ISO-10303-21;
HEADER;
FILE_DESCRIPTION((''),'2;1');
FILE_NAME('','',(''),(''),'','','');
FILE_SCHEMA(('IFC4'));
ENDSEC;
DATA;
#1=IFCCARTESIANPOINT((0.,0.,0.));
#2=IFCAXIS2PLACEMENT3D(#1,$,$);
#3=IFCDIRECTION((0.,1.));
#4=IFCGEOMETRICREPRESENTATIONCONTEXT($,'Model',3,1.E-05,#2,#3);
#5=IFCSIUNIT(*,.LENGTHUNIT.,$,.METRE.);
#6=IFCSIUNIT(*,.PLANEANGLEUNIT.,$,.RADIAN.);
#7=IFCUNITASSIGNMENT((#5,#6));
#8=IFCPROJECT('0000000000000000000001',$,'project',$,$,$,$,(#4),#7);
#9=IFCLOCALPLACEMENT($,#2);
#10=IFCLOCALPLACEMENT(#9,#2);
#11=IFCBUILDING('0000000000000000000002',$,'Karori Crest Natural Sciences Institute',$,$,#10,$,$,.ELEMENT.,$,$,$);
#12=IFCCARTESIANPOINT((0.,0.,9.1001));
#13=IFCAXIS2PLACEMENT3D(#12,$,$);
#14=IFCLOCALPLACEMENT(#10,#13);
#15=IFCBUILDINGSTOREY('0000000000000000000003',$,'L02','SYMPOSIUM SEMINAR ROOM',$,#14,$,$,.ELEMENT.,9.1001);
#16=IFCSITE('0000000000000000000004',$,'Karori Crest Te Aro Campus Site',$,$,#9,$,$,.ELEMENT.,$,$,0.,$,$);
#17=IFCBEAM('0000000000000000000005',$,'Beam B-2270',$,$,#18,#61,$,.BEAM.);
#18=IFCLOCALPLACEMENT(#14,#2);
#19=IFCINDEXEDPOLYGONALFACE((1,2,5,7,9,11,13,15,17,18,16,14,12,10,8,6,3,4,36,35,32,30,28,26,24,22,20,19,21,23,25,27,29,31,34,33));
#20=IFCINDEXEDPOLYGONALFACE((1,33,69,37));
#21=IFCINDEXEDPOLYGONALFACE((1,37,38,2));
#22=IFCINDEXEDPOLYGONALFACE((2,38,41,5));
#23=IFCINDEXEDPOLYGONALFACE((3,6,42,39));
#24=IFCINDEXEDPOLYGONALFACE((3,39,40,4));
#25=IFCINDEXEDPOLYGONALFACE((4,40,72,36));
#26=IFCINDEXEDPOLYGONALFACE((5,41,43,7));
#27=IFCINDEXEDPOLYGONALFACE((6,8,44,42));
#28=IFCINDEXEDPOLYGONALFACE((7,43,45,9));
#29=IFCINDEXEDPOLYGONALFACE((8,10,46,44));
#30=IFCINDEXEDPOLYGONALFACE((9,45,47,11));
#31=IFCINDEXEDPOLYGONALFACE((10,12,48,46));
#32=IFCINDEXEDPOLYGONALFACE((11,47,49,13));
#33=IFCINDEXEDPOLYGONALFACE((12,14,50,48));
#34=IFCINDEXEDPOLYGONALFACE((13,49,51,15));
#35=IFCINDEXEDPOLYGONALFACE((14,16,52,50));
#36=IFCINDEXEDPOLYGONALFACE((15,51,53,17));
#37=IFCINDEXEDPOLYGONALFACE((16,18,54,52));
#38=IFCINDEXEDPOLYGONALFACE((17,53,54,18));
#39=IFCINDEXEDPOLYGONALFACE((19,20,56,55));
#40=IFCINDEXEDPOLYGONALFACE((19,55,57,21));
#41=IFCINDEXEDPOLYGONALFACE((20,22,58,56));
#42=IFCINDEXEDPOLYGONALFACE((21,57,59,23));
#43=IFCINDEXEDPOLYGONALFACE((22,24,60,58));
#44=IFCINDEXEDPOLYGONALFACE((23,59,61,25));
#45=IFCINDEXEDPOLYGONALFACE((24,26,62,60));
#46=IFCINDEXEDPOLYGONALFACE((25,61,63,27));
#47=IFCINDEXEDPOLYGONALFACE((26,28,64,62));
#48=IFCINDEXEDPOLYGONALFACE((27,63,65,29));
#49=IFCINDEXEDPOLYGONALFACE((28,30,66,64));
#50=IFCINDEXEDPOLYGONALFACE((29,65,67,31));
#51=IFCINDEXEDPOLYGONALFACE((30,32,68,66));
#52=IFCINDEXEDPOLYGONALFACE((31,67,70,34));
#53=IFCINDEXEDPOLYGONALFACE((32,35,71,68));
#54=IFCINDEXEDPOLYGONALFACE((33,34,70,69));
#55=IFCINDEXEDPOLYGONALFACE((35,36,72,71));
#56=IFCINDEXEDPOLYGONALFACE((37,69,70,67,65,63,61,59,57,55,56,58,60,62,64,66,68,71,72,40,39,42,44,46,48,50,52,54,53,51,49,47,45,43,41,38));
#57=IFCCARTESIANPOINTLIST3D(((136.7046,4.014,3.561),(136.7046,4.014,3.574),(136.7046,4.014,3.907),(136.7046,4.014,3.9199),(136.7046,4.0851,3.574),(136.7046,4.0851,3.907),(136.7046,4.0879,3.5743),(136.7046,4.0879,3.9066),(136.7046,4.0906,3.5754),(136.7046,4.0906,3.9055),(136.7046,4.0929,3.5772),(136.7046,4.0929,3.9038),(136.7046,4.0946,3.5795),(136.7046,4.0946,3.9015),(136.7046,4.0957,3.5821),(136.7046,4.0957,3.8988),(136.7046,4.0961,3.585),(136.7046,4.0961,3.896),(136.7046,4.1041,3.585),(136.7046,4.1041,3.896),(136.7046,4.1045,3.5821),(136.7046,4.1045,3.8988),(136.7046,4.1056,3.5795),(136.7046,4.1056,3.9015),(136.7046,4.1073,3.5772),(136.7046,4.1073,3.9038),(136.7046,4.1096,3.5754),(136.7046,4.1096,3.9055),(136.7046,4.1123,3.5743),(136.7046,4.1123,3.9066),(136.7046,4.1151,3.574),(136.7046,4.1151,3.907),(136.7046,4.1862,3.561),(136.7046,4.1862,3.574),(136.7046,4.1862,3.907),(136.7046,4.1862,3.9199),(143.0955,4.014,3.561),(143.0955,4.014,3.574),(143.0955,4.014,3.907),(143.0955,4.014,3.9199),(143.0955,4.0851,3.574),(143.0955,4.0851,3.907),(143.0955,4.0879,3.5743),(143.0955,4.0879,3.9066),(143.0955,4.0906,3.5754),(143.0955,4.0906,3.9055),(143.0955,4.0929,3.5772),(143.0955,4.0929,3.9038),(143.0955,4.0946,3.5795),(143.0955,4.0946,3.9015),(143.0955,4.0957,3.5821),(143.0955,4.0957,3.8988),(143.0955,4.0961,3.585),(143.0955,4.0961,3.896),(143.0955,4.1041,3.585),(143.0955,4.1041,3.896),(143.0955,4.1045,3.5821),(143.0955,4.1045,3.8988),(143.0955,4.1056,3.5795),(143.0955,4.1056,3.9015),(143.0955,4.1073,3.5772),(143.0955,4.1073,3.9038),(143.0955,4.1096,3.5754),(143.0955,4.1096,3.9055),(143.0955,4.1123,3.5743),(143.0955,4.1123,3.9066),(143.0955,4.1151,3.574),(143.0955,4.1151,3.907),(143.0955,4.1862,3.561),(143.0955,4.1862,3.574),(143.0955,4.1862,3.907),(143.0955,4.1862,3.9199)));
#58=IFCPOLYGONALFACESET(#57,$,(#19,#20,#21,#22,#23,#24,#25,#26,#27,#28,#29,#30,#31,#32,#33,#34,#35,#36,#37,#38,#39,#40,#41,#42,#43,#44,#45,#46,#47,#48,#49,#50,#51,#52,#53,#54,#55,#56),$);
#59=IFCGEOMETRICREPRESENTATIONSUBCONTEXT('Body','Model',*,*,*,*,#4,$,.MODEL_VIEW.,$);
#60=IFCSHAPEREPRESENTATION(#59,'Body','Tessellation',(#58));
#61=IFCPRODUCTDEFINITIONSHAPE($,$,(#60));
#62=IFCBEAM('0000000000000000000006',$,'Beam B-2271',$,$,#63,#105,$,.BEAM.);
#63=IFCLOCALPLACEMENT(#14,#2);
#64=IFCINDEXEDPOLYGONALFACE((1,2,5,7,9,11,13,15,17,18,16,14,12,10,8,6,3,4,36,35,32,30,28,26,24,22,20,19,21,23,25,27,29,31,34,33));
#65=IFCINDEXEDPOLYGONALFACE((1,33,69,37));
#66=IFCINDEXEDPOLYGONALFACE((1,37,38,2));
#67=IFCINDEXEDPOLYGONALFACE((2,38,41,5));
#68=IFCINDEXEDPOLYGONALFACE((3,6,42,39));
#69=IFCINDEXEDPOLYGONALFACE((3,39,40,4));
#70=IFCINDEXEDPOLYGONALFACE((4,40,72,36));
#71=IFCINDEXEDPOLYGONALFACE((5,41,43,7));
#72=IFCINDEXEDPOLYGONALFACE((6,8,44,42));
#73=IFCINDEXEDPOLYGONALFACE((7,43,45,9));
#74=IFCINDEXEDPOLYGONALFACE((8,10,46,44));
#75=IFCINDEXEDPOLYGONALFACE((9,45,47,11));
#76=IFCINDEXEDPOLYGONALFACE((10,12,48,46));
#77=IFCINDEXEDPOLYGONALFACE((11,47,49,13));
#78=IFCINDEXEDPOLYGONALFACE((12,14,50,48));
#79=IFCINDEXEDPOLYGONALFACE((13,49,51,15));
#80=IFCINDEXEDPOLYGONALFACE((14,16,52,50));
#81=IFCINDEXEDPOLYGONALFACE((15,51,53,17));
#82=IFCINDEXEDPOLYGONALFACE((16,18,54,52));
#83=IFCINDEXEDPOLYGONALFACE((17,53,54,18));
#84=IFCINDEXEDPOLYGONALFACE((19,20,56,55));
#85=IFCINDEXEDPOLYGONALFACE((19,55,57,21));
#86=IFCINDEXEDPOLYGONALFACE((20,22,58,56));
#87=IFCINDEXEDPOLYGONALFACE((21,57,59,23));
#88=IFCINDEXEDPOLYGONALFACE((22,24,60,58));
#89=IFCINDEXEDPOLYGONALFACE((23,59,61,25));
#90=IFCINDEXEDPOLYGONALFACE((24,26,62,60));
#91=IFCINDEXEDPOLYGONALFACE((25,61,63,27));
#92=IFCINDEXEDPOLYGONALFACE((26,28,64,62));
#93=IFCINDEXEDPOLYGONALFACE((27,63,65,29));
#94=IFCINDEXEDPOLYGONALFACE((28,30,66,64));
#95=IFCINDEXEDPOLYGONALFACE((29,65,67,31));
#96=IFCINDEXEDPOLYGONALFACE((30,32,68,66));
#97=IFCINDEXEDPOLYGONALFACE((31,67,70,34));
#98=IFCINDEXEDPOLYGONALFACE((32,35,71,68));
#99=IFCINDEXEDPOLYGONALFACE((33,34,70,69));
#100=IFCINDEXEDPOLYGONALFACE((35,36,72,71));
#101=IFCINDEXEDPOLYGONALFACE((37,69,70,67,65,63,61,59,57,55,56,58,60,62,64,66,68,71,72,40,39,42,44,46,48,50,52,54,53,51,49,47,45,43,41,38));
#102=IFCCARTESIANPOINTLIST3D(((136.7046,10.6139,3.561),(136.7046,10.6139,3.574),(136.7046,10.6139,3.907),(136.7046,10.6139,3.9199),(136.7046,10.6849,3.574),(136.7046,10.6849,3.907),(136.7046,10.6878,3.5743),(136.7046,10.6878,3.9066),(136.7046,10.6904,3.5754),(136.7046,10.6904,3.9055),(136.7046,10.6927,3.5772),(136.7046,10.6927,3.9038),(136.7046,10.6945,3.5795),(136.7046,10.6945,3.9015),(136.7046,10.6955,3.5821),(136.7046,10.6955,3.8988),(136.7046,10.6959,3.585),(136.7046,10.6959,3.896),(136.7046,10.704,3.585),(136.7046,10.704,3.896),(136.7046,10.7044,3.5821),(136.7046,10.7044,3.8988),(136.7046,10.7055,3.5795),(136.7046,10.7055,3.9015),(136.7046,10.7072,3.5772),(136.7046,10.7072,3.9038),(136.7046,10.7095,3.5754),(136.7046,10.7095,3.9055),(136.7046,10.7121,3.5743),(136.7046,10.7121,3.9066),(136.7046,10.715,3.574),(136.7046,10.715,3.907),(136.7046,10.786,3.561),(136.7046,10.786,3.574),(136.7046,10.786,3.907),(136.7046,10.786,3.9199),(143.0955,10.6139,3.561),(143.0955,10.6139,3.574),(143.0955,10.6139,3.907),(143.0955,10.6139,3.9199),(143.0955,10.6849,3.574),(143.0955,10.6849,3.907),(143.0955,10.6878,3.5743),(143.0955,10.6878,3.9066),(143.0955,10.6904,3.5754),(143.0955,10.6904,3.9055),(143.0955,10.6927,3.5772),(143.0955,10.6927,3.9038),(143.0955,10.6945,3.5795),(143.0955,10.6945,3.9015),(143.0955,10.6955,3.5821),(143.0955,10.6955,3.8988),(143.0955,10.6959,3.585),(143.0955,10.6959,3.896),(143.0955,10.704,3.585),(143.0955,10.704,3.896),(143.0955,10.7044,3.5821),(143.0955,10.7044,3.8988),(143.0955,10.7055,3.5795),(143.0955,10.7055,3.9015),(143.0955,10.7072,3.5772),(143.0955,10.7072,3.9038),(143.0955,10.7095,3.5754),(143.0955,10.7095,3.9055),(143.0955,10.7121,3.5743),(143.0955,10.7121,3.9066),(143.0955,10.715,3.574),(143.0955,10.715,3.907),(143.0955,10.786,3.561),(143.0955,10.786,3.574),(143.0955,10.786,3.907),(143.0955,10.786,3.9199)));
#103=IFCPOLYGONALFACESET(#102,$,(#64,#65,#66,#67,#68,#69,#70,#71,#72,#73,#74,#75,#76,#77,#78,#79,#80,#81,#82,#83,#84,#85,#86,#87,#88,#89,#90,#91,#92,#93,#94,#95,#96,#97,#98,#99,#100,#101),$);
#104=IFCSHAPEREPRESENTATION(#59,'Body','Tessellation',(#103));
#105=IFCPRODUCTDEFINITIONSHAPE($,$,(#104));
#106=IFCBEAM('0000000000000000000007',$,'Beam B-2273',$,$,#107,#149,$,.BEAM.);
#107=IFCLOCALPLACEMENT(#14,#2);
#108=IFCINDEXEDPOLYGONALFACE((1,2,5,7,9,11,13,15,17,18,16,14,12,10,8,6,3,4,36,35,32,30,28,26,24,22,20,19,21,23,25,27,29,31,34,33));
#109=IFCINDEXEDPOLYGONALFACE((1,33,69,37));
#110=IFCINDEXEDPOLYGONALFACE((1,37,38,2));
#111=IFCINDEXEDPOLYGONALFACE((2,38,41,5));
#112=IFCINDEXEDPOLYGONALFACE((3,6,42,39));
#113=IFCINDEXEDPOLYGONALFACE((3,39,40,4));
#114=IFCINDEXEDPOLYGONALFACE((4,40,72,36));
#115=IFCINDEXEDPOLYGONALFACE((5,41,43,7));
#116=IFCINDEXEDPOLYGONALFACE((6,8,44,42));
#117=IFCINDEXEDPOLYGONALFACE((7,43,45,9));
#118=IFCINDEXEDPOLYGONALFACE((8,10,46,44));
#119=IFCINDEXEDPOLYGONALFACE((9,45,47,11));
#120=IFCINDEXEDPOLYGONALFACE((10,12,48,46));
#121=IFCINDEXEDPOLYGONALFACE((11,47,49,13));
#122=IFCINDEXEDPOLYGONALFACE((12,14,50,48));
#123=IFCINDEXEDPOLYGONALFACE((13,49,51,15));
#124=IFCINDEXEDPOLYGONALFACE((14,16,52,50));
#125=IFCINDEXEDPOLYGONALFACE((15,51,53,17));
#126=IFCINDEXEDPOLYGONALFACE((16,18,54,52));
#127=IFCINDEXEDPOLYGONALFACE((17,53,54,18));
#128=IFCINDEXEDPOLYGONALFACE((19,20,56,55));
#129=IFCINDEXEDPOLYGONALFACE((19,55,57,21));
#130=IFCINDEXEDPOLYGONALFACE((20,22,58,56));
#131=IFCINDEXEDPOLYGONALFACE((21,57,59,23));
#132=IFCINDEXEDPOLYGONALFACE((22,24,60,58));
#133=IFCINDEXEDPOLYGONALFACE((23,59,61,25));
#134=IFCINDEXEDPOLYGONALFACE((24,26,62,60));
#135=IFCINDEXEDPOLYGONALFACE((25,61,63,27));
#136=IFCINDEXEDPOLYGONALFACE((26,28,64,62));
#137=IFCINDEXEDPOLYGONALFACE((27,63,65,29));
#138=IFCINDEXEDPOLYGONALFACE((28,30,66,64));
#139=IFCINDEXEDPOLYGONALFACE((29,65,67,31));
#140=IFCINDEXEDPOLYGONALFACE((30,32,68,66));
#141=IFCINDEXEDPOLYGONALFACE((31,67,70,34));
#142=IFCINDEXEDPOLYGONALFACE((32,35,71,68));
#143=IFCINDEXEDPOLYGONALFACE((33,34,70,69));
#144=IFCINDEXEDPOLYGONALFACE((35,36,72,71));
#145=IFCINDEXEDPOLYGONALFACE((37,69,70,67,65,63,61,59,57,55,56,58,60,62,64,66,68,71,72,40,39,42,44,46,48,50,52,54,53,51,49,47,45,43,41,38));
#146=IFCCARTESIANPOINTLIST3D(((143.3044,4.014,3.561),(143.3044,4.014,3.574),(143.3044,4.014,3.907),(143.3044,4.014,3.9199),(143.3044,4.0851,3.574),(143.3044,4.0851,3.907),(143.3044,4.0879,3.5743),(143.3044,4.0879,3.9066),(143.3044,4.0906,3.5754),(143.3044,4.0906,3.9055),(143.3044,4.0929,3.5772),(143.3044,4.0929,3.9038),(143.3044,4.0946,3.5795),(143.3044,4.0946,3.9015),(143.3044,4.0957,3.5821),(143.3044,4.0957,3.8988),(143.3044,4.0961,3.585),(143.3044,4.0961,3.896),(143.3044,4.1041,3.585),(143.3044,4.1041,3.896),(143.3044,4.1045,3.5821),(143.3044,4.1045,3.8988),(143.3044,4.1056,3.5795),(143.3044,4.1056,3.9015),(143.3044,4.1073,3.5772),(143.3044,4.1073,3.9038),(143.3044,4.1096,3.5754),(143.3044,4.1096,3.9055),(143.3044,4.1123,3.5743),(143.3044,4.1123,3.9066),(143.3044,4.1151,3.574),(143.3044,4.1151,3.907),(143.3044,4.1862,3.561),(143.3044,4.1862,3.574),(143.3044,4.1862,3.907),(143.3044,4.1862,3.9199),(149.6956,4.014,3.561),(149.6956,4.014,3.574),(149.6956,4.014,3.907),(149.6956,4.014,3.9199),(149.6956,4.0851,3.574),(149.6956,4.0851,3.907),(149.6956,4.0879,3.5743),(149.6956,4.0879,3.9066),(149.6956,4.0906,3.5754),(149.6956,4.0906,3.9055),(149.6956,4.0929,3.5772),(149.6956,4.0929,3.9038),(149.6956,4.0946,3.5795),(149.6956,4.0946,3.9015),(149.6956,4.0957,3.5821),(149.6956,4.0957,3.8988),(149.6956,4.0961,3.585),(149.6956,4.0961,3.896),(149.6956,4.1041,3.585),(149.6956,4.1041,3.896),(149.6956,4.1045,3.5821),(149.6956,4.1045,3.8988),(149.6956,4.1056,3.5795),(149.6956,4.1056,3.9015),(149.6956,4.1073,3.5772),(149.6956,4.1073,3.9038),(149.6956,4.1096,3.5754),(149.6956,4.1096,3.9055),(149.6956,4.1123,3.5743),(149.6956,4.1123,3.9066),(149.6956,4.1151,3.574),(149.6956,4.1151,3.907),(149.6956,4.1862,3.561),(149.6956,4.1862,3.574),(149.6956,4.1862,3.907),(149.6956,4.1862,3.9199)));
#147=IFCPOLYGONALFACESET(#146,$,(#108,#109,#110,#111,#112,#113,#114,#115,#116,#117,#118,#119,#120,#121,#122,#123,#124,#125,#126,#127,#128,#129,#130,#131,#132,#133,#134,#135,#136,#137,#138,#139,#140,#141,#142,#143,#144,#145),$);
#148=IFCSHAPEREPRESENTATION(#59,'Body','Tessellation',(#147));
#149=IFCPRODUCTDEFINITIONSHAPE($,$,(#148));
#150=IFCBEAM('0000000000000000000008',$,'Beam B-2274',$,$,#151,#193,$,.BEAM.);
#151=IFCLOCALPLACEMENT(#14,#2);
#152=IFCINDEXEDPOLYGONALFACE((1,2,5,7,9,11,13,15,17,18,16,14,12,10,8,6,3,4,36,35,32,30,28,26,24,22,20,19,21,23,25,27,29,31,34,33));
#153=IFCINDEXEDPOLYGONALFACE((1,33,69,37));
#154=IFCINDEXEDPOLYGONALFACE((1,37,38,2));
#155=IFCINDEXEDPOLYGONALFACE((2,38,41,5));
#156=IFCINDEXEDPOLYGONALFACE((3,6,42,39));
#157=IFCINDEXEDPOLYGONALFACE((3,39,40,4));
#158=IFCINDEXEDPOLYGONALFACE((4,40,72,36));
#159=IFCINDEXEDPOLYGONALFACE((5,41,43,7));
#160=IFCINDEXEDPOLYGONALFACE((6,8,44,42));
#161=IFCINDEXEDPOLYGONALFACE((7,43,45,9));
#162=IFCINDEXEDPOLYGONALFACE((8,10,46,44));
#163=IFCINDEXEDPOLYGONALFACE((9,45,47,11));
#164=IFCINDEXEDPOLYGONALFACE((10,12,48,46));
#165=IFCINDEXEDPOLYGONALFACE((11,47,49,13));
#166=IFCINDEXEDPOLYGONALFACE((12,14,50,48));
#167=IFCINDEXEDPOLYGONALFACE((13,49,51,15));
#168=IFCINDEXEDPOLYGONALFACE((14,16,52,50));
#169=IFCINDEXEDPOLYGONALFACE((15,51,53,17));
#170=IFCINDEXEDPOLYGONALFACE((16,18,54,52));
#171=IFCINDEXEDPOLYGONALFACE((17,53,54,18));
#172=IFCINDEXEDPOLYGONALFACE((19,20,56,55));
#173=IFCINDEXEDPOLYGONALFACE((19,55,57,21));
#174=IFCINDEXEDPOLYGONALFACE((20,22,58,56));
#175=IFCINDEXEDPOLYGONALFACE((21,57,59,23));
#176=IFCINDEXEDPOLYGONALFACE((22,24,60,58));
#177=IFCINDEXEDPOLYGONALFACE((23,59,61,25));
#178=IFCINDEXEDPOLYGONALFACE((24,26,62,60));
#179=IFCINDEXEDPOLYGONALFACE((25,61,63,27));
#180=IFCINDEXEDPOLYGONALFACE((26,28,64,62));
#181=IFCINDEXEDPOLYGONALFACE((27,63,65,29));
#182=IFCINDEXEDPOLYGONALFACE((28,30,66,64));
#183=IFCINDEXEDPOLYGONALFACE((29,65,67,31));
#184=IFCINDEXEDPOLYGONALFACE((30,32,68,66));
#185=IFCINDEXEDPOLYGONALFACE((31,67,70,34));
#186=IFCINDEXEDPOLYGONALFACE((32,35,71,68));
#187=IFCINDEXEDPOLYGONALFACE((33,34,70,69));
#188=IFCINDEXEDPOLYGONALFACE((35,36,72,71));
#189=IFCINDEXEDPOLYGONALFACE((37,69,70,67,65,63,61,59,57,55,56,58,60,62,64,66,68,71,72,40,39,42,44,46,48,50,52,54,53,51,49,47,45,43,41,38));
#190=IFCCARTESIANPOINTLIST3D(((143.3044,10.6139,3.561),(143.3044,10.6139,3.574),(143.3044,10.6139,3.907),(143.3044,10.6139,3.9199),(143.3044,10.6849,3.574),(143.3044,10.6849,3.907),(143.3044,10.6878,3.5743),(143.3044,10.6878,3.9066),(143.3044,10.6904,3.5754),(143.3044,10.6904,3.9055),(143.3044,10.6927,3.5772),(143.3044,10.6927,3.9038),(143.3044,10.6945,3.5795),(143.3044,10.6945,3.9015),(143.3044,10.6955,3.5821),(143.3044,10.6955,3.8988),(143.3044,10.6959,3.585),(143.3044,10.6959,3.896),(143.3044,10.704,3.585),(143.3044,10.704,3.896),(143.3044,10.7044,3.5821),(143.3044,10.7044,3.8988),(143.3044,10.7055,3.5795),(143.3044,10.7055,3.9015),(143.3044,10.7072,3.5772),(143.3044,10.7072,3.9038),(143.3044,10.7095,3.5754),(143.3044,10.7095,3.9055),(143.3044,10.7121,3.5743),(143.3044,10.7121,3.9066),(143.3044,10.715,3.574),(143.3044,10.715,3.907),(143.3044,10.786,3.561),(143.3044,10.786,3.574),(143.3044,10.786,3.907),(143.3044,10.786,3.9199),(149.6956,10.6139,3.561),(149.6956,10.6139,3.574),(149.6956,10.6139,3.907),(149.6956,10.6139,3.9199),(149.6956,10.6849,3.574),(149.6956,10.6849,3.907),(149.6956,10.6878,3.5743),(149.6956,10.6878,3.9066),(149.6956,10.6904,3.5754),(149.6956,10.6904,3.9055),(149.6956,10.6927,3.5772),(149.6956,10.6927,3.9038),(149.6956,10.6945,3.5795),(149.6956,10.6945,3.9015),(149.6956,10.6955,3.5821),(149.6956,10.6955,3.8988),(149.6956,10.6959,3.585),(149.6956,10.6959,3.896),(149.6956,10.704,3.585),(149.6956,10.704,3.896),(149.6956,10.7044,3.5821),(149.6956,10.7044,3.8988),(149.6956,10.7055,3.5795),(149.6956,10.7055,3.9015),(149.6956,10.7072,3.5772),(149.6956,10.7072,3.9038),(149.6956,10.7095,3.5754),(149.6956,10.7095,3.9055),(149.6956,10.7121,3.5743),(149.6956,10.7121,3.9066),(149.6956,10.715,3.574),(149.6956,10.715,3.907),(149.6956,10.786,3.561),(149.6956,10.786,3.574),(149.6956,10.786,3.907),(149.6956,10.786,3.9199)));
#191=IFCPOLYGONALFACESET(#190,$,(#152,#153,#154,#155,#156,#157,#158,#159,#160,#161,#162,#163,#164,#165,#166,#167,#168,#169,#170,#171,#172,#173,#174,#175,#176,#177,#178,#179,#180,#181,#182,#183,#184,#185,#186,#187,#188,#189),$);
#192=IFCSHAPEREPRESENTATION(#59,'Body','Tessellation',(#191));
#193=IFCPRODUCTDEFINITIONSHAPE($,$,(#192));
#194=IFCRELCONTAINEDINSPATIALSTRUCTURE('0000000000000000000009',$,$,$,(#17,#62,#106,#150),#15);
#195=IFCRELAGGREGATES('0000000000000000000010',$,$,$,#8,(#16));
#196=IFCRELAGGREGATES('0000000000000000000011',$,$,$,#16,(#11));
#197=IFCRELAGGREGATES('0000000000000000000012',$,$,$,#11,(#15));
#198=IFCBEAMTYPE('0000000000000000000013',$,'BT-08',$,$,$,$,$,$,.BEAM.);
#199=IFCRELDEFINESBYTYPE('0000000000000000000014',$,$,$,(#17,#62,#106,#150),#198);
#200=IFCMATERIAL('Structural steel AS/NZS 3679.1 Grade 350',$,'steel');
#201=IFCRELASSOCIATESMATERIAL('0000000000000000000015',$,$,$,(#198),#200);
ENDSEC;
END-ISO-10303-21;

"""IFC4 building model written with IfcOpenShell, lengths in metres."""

from ifc_helpers import new_model, si_unit, direction, frame, origin, origin_2d, place, context, subcontext, project, spatial, i_section, extrude, material, material_profile, profile_set, type_object, element, save


model = new_model("IFC4")

# Units and contexts
model_context = context("Model", 3, precision=1e-05, world=origin(), true_north=direction((0.0, 1.0)))
body_context = subcontext(model_context, "Body", "Model", "MODEL_VIEW")
ifc_project = project(units=[si_unit("LENGTHUNIT", "METRE"), si_unit("PLANEANGLEUNIT", "RADIAN")], contexts=[model_context])

# Site, building, storey
site_placement = place(None, origin())
site = spatial("IfcSite", under=ifc_project, at=site_placement, Name="Karori Crest Te Aro Campus Site", CompositionType="ELEMENT", RefElevation=0.0)
building_placement = place(site_placement, origin())
building = spatial("IfcBuilding", under=site, at=building_placement, Name="Karori Crest Natural Sciences Institute", CompositionType="ELEMENT")
storey_placement = place(building_placement, frame((0.0, 0.0, 9.1001)))
storey = spatial("IfcBuildingStorey", under=building, at=storey_placement, Name="L02", Description="SYMPOSIUM SEMINAR ROOM", CompositionType="ELEMENT", Elevation=9.1001)

# Shared definitions
ifc_material_1 = material(Name="Structural steel AS/NZS 3679.1 Grade 350", Category="steel")

# Beams
ifc_material_profile_1 = material_profile(ifc_material_1, i_section(OverallWidth=0.1721, OverallDepth=0.3589, WebThickness=0.0081, FlangeThickness=0.0129, FilletRadius=0.011, at=origin_2d()), Name="360UB56.7")
ifc_profile_set_1 = profile_set([ifc_material_profile_1], Name="Structural steel AS/NZS 3679.1 Grade 350")
beam_type_1 = type_object("IfcBeamType", Name="BT-08", PredefinedType="BEAM", material=ifc_profile_set_1)
for number, where, z_axis, x_axis, name in (
    (1, (136.7046, 4.1001, 3.7405), (1.0, 0.0, 0.0), (0.0, 1.0, 0.0), "Beam B-2270"),
    (2, (136.7046, 10.7, 3.7405), (1.0, 0.0, 0.0), (0.0, 1.0, 0.0), "Beam B-2271"),
):
    element("IfcBeam", number, at=place(storey_placement, frame(where, z_axis=z_axis, x_axis=x_axis)), inside=storey, type_object=beam_type_1, Name=name, PredefinedType="BEAM", context=body_context, shape_type="SweptSolid", body=[
        extrude(i_section(OverallWidth=0.1721, OverallDepth=0.3589, WebThickness=0.0081, FlangeThickness=0.0129, FilletRadius=0.011, at=origin_2d()), origin(), (0.0, 0.0, 1.0), 6.3909),
    ])
for number, where, z_axis, x_axis, name in (
    (3, (143.3044, 4.1001, 3.7405), (1.0, 0.0, 0.0), (0.0, 1.0, 0.0), "Beam B-2273"),
    (4, (143.3044, 10.7, 3.7405), (1.0, 0.0, 0.0), (0.0, 1.0, 0.0), "Beam B-2274"),
):
    element("IfcBeam", number, at=place(storey_placement, frame(where, z_axis=z_axis, x_axis=x_axis)), inside=storey, type_object=beam_type_1, Name=name, PredefinedType="BEAM", context=body_context, shape_type="SweptSolid", body=[
        extrude(i_section(OverallWidth=0.1721, OverallDepth=0.3589, WebThickness=0.0081, FlangeThickness=0.0129, FilletRadius=0.011, at=origin_2d()), origin(), (0.0, 0.0, 1.0), 6.3911),
    ])

save(model, "model.ifc")
